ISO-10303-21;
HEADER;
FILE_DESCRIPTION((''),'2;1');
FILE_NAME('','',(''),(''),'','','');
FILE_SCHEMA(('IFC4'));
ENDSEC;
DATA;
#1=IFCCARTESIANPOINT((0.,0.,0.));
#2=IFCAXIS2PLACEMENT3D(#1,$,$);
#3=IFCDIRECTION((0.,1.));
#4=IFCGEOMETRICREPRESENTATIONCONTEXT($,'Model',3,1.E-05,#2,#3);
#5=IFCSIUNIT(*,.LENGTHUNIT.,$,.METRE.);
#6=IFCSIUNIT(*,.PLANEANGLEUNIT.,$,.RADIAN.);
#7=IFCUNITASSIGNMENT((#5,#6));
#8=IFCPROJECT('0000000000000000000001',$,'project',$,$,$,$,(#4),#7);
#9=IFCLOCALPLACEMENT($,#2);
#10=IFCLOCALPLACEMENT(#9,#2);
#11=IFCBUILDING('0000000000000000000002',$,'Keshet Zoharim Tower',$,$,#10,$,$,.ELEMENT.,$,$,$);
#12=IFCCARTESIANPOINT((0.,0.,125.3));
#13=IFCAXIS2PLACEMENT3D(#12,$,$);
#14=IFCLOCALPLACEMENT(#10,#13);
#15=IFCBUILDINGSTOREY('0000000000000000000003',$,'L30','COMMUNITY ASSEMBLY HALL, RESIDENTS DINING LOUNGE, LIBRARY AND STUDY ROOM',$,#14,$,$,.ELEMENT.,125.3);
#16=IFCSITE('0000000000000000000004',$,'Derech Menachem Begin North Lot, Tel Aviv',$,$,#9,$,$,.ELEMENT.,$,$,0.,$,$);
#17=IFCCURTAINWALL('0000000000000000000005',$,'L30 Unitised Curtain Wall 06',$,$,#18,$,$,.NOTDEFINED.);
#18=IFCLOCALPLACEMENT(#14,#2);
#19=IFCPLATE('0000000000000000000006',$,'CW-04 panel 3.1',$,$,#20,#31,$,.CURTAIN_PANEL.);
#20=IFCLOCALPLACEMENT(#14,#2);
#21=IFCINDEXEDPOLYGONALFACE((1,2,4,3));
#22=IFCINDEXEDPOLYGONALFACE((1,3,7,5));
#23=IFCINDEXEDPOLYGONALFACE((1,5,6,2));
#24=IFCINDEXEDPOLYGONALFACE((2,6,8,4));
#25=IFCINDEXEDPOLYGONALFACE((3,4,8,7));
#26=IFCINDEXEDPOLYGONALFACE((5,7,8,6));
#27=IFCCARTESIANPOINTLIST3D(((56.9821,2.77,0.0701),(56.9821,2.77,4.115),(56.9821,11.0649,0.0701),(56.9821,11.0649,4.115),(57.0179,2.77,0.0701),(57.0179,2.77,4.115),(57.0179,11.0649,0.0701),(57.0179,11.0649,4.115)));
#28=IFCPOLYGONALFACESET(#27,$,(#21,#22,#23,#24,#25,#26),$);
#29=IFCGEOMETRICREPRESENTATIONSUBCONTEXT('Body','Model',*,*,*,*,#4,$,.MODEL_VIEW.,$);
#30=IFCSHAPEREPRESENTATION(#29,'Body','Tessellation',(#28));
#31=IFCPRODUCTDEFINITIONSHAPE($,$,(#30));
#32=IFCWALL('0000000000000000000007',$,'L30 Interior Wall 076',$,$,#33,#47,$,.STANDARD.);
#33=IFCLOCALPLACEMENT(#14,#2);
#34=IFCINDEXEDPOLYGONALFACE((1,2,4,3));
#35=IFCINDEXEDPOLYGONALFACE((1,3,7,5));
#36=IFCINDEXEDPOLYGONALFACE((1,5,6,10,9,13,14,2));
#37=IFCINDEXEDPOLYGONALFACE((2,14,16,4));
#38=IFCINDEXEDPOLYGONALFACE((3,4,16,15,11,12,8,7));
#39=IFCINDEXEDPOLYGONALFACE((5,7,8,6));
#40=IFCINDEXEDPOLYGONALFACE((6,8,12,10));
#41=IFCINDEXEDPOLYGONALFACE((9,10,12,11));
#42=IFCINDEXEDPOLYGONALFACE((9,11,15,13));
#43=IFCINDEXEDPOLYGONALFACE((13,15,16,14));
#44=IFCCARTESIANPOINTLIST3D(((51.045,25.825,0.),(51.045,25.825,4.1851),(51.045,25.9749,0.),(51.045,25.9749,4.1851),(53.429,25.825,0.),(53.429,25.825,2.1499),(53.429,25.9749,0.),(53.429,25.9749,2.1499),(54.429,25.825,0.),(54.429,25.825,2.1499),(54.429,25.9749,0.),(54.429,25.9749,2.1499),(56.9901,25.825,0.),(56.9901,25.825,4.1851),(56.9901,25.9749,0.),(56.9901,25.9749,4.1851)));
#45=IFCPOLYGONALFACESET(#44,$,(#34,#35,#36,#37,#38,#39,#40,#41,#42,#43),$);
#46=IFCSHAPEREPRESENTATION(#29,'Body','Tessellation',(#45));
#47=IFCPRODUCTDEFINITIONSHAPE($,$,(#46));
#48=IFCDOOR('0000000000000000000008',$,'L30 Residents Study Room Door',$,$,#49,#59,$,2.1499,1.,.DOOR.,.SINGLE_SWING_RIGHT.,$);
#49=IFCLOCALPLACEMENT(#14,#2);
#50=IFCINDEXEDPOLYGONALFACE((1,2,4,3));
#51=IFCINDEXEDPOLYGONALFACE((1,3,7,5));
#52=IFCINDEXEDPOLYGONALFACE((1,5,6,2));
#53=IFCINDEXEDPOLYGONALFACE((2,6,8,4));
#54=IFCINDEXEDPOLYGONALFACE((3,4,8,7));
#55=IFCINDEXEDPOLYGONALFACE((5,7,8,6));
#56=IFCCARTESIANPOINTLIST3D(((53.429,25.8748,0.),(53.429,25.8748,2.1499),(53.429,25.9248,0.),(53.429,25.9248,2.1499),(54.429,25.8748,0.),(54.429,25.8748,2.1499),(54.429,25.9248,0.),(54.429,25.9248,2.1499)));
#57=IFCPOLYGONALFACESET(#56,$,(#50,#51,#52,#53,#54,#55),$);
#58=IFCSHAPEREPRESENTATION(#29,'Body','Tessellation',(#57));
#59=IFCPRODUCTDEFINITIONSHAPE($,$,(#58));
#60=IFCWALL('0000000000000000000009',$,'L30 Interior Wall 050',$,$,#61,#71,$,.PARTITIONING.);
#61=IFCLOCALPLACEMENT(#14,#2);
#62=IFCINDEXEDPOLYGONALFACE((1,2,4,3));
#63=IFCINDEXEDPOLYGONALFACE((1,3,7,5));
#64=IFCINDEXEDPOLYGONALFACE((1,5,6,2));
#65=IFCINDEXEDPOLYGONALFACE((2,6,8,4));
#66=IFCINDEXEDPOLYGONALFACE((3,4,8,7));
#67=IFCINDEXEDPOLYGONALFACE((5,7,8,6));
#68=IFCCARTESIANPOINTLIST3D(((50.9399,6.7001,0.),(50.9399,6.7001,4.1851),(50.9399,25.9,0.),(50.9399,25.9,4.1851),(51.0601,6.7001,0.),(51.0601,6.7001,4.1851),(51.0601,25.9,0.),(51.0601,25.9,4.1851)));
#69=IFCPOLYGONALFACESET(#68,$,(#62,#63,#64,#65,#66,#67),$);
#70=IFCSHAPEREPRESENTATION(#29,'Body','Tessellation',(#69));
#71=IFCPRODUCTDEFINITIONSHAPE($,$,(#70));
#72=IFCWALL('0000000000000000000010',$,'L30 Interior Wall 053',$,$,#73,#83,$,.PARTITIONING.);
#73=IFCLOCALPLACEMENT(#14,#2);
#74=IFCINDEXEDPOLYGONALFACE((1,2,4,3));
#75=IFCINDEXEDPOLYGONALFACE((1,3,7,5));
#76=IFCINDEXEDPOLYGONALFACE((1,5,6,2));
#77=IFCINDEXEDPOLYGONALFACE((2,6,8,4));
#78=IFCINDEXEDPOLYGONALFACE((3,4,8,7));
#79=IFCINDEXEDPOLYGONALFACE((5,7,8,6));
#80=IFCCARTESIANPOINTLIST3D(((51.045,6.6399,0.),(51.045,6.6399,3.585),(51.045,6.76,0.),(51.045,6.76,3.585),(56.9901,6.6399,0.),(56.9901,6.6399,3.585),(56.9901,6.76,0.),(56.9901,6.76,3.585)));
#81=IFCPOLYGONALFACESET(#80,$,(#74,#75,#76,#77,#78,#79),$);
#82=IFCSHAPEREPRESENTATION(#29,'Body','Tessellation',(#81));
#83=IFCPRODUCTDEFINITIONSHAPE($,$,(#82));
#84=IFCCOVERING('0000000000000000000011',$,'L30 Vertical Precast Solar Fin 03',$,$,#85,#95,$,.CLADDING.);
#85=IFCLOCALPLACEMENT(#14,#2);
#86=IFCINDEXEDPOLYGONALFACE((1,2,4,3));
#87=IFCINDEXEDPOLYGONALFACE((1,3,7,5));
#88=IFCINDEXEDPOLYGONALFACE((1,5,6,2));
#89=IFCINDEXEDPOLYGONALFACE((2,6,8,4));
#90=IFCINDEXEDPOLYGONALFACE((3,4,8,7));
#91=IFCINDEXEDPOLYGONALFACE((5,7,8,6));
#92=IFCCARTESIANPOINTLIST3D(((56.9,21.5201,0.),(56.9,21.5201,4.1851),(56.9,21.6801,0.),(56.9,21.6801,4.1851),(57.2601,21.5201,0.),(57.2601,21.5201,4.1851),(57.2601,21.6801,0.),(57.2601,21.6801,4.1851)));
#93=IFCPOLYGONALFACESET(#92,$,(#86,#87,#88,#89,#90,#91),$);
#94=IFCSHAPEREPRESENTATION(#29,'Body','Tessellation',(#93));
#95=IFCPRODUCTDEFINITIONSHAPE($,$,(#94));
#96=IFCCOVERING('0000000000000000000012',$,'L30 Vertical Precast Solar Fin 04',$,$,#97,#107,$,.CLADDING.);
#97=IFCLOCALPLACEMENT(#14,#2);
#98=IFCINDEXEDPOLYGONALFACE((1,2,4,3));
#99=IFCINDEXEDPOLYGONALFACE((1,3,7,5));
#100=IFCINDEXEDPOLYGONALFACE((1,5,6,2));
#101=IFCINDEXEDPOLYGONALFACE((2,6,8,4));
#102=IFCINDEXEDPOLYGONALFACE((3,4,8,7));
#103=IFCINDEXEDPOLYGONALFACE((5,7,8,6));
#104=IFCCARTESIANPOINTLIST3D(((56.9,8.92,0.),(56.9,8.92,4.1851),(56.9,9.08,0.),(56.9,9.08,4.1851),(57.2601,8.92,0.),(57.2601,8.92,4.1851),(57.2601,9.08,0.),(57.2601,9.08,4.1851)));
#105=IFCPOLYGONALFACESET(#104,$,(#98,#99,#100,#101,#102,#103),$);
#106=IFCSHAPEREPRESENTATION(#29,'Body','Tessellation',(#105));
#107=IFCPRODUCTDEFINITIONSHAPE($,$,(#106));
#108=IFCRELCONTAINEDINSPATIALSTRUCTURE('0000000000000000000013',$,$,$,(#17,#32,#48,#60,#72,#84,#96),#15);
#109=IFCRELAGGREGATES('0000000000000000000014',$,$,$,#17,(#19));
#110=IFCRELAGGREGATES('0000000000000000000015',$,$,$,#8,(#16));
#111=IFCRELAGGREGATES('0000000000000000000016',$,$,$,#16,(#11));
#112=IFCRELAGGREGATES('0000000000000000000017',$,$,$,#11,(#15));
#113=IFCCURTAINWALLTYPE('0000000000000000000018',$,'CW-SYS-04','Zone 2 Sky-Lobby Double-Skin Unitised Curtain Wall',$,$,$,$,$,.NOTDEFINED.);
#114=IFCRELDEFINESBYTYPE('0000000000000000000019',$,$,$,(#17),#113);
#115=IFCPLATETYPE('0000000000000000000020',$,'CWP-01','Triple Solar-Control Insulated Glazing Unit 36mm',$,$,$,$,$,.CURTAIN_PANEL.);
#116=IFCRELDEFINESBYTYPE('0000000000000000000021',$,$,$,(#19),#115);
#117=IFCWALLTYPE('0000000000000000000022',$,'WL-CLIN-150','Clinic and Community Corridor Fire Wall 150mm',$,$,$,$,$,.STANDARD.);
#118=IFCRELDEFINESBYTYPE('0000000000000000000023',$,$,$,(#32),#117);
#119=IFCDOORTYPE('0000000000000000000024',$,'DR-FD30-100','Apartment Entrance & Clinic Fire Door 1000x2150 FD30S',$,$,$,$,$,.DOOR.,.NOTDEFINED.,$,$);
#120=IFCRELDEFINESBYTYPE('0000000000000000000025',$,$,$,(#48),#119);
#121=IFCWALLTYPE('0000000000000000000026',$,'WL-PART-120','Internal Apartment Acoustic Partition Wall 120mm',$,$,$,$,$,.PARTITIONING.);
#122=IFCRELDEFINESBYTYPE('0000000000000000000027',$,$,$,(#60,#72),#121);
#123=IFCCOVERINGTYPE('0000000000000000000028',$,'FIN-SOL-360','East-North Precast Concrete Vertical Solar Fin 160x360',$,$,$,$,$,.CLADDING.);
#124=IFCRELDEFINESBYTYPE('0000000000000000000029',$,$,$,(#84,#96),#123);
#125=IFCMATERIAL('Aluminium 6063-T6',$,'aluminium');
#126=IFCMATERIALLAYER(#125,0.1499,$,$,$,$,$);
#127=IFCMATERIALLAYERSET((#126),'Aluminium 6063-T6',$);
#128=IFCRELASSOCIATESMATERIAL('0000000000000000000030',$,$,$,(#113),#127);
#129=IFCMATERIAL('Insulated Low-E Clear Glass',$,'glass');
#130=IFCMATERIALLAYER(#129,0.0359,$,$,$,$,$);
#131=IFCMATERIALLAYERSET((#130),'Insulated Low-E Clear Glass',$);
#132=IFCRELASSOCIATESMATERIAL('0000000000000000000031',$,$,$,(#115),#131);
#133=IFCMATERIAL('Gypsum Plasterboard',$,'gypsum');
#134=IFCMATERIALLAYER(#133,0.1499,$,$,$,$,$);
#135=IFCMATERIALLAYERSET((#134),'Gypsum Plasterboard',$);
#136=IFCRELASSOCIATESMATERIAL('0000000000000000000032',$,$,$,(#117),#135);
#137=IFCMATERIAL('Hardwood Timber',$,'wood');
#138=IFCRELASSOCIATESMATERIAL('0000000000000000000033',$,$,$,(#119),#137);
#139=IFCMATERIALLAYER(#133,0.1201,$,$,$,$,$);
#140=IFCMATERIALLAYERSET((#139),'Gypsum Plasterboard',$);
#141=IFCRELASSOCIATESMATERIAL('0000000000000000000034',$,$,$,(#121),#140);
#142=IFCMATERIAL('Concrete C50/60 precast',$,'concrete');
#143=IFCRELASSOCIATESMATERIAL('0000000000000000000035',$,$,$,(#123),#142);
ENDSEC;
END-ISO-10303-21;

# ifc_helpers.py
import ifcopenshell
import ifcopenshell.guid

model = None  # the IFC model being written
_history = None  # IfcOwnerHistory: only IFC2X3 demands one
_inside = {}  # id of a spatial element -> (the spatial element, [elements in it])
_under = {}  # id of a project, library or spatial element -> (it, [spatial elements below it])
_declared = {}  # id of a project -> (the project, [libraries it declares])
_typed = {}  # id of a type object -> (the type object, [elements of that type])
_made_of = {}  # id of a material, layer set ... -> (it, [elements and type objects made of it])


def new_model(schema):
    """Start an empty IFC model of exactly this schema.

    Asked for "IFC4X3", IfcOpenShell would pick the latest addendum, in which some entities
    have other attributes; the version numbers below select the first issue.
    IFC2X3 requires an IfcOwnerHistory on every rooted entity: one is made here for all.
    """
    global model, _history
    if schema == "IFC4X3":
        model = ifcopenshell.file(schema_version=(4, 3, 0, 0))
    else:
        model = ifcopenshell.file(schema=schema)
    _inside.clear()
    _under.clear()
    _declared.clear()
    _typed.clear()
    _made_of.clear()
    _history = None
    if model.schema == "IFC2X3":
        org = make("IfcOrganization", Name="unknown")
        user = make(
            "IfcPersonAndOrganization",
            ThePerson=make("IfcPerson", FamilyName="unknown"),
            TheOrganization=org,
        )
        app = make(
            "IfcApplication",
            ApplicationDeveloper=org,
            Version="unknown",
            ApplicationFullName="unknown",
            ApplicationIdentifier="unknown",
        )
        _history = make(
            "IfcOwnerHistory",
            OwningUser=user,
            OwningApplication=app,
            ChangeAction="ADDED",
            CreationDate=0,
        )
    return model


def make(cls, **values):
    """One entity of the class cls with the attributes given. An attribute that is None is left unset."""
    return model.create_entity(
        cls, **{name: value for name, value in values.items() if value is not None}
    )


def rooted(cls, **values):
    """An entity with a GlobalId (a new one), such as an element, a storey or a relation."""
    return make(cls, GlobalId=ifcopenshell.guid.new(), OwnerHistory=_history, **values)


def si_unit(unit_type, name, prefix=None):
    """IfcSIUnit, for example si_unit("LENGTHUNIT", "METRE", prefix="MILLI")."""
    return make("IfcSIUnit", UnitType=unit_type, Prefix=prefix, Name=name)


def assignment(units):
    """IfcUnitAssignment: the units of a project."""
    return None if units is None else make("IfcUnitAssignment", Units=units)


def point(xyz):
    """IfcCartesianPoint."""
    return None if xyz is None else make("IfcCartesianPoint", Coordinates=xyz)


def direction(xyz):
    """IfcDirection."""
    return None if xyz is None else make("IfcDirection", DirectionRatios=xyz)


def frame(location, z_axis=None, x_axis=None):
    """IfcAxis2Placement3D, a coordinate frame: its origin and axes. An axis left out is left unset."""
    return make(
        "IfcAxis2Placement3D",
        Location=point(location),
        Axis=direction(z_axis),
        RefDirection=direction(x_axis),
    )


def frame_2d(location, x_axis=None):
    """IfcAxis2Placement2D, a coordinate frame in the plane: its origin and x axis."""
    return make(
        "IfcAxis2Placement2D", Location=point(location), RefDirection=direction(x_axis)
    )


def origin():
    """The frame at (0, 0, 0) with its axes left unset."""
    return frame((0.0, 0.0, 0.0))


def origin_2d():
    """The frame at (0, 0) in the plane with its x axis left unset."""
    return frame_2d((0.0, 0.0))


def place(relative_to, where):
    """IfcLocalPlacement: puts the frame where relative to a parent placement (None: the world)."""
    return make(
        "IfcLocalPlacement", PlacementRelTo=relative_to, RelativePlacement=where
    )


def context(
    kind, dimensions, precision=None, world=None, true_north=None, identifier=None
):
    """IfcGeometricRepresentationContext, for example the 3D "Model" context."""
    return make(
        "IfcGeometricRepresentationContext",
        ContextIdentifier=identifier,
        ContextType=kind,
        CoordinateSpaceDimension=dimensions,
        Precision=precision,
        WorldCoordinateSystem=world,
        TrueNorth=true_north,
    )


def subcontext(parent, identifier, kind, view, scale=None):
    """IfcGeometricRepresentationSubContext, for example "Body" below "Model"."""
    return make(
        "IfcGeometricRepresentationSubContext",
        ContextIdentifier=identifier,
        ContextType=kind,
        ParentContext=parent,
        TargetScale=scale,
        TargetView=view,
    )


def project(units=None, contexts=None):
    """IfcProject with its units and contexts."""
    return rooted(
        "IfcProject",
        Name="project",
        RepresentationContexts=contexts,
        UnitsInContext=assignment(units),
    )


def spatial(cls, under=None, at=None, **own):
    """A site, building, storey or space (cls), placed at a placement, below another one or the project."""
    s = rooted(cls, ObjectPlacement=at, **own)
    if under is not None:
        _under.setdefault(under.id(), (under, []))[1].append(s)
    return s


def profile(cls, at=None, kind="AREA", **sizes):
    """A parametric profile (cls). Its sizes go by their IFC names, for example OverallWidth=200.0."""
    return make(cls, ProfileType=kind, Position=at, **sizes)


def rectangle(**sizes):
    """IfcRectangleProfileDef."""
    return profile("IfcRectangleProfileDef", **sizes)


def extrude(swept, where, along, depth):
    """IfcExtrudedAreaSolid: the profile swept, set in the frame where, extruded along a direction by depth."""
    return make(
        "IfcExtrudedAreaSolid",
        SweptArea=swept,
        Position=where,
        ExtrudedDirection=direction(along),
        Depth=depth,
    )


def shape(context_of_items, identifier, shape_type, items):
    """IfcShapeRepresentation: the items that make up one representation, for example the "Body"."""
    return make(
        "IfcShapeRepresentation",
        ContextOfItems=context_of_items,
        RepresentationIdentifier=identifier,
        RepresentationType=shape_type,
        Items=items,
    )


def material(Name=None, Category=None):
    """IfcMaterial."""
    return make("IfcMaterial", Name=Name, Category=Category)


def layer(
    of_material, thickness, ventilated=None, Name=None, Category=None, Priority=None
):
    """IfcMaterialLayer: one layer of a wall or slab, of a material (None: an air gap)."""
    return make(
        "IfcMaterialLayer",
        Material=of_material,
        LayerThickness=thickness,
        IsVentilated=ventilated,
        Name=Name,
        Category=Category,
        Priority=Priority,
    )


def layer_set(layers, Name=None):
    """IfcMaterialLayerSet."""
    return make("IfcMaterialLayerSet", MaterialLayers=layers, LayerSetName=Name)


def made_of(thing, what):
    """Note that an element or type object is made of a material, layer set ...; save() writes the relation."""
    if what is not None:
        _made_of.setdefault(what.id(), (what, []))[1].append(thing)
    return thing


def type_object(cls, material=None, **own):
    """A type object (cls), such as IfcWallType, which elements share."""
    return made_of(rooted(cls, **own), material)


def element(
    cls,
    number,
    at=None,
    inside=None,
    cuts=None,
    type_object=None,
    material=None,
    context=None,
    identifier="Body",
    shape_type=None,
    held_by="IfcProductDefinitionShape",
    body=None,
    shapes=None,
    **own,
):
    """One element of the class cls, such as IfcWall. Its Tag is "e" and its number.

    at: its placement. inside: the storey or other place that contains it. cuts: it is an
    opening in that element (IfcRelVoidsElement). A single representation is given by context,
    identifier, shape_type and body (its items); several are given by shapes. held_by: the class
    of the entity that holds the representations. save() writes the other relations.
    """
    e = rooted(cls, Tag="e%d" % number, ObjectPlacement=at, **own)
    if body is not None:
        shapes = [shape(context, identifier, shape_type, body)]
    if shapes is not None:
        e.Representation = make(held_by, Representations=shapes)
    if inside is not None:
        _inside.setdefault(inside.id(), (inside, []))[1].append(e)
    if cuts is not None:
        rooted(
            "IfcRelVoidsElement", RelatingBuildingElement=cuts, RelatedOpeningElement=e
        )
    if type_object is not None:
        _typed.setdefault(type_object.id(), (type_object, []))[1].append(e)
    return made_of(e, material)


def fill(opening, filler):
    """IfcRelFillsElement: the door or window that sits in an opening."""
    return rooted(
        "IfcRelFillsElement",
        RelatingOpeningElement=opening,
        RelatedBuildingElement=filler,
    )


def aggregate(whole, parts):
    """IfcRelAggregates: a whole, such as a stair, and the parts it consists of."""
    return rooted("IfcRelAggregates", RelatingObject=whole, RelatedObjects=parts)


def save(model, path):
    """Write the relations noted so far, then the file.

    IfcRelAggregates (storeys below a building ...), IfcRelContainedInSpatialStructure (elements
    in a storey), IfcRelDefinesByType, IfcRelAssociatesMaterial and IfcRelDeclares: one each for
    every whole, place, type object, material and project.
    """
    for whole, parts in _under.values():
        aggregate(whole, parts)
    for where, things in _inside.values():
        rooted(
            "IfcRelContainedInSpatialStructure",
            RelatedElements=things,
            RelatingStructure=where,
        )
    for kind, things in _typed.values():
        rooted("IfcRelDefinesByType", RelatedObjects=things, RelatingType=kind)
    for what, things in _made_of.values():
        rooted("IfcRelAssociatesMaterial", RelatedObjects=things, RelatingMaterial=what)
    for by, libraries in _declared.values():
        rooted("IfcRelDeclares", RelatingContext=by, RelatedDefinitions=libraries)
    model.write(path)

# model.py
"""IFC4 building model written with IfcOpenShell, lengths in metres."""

from ifc_helpers import new_model, si_unit, direction, frame, frame_2d, origin, origin_2d, place, context, subcontext, project, spatial, rectangle, extrude, material, layer, layer_set, type_object, element, fill, aggregate, save


model = new_model("IFC4")

# Units and contexts
model_context = context("Model", 3, precision=1e-05, world=origin(), true_north=direction((0.0, 1.0)))
body_context = subcontext(model_context, "Body", "Model", "MODEL_VIEW")
ifc_project = project(units=[si_unit("LENGTHUNIT", "METRE"), si_unit("PLANEANGLEUNIT", "RADIAN")], contexts=[model_context])

# Site, building, storey
site_placement = place(None, origin())
site = spatial("IfcSite", under=ifc_project, at=site_placement, Name="Derech Menachem Begin North Lot, Tel Aviv", CompositionType="ELEMENT", RefElevation=0.0)
building_placement = place(site_placement, origin())
building = spatial("IfcBuilding", under=site, at=building_placement, Name="Keshet Zoharim Tower", CompositionType="ELEMENT")
storey_placement = place(building_placement, frame((0.0, 0.0, 125.3)))
storey = spatial("IfcBuildingStorey", under=building, at=storey_placement, Name="L30", Description="COMMUNITY ASSEMBLY HALL, RESIDENTS DINING LOUNGE, LIBRARY AND STUDY ROOM", CompositionType="ELEMENT", Elevation=125.3)

# Curtain wall, plate
ifc_material_1 = material(Name="Aluminium 6063-T6", Category="aluminium")
ifc_layer_1 = layer(ifc_material_1, 0.1499)
ifc_layer_set_1 = layer_set([ifc_layer_1], Name="Aluminium 6063-T6")
curtain_wall_type = type_object("IfcCurtainWallType", Name="CW-SYS-04", Description="Zone 2 Sky-Lobby Double-Skin Unitised Curtain Wall", PredefinedType="NOTDEFINED", material=ifc_layer_set_1)
curtain_wall_placement = place(storey_placement, origin())
curtain_wall = element("IfcCurtainWall", 1, at=curtain_wall_placement, inside=storey, type_object=curtain_wall_type, Name="L30 Unitised Curtain Wall 06", PredefinedType="NOTDEFINED")
ifc_material_2 = material(Name="Insulated Low-E Clear Glass", Category="glass")
ifc_layer_2 = layer(ifc_material_2, 0.0359)
ifc_layer_set_2 = layer_set([ifc_layer_2], Name="Insulated Low-E Clear Glass")
plate_type = type_object("IfcPlateType", Name="CWP-01", Description="Triple Solar-Control Insulated Glazing Unit 36mm", PredefinedType="CURTAIN_PANEL", material=ifc_layer_set_2)
plate_1_placement = place(storey_placement, frame((57.0, 6.9175, 0.0701), z_axis=(0.0, 0.0, 1.0), x_axis=(0.0, -1.0, 0.0)))
plate_1 = element("IfcPlate", 2, at=plate_1_placement, type_object=plate_type, Name="CW-04 panel 3.1", PredefinedType="CURTAIN_PANEL", context=body_context, shape_type="SweptSolid", body=[
    extrude(rectangle(XDim=8.2949, YDim=0.0359, at=origin_2d()), origin(), (0.0, 0.0, 1.0), 4.0449),
])
aggregate(curtain_wall, [plate_1])

# Wall, opening, door
ifc_material_3 = material(Name="Gypsum Plasterboard", Category="gypsum")
ifc_layer_3 = layer(ifc_material_3, 0.1499)
ifc_layer_set_3 = layer_set([ifc_layer_3], Name="Gypsum Plasterboard")
wall_type_1 = type_object("IfcWallType", Name="WL-CLIN-150", Description="Clinic and Community Corridor Fire Wall 150mm", PredefinedType="STANDARD", material=ifc_layer_set_3)
wall_1_placement = place(storey_placement, frame((51.0449, 25.8999, 0.0), z_axis=(0.0, 0.0, 1.0), x_axis=(1.0, 0.0, 0.0)))
wall_1 = element("IfcWall", 3, at=wall_1_placement, inside=storey, type_object=wall_type_1, Name="L30 Interior Wall 076", PredefinedType="STANDARD", context=body_context, shape_type="SweptSolid", body=[
    extrude(rectangle(XDim=5.9451, YDim=0.1499, at=frame_2d((2.9727, 0.0))), origin(), (0.0, 0.0, 1.0), 4.1851),
])
opening_placement = place(wall_1_placement, frame((2.384, 0.0, 0.0)))
opening = element("IfcOpeningElement", 4, at=opening_placement, cuts=wall_1, PredefinedType="OPENING", context=body_context, shape_type="SweptSolid", body=[
    extrude(rectangle(XDim=1.0, YDim=2.1499, at=frame_2d((0.5, 1.075))), frame((0.0, 0.085, 0.0), z_axis=(0.0, -1.0, 0.0), x_axis=(1.0, 0.0, 0.0)), (0.0, 0.0, 1.0), 0.1699),
])
ifc_material_4 = material(Name="Hardwood Timber", Category="wood")
door_type = type_object("IfcDoorType", Name="DR-FD30-100", Description="Apartment Entrance & Clinic Fire Door 1000x2150 FD30S", OperationType="NOTDEFINED", PredefinedType="DOOR", material=ifc_material_4)
door_placement = place(opening_placement, origin())
door = element("IfcDoor", 5, at=door_placement, inside=storey, type_object=door_type, Name="L30 Residents Study Room Door", OperationType="SINGLE_SWING_RIGHT", OverallHeight=2.1499, OverallWidth=1.0, PredefinedType="DOOR", context=body_context, shape_type="SweptSolid", body=[
    extrude(rectangle(XDim=1.0, YDim=2.1499, at=frame_2d((0.5, 1.075))), frame((0.0, 0.0249, 0.0), z_axis=(0.0, -1.0, 0.0), x_axis=(1.0, 0.0, 0.0)), (0.0, 0.0, 1.0), 0.05),
])
fill(opening, door)

# Walls
ifc_layer_4 = layer(ifc_material_3, 0.1201)
ifc_layer_set_4 = layer_set([ifc_layer_4], Name="Gypsum Plasterboard")
wall_type_2 = type_object("IfcWallType", Name="WL-PART-120", Description="Internal Apartment Acoustic Partition Wall 120mm", PredefinedType="PARTITIONING", material=ifc_layer_set_4)
wall_2_placement = place(storey_placement, frame((51.0, 6.7, 0.0), z_axis=(0.0, 0.0, 1.0), x_axis=(0.0, 1.0, 0.0)))
element("IfcWall", 6, at=wall_2_placement, inside=storey, type_object=wall_type_2, Name="L30 Interior Wall 050", PredefinedType="PARTITIONING", context=body_context, shape_type="SweptSolid", body=[
    extrude(rectangle(XDim=19.2, YDim=0.1201, at=frame_2d((9.6001, 0.0))), origin(), (0.0, 0.0, 1.0), 4.1851),
])
wall_3_placement = place(storey_placement, frame((51.0449, 6.7, 0.0), z_axis=(0.0, 0.0, 1.0), x_axis=(1.0, 0.0, 0.0)))
element("IfcWall", 7, at=wall_3_placement, inside=storey, type_object=wall_type_2, Name="L30 Interior Wall 053", PredefinedType="PARTITIONING", context=body_context, shape_type="SweptSolid", body=[
    extrude(rectangle(XDim=5.9451, YDim=0.1201, at=frame_2d((2.9727, 0.0))), origin(), (0.0, 0.0, 1.0), 3.585),
])

# Coverings
ifc_material_5 = material(Name="Concrete C50/60 precast", Category="concrete")
covering_type = type_object("IfcCoveringType", Name="FIN-SOL-360", Description="East-North Precast Concrete Vertical Solar Fin 160x360", PredefinedType="CLADDING", material=ifc_material_5)
for number, where, z_axis, x_axis, name in (
    (8, (57.0801, 21.6001, 0.0), (0.0, 0.0, 1.0), (0.0, -1.0, 0.0), "L30 Vertical Precast Solar Fin 03"),
    (9, (57.0801, 9.0, 0.0), (0.0, 0.0, 1.0), (0.0, -1.0, 0.0), "L30 Vertical Precast Solar Fin 04"),
):
    element("IfcCovering", number, at=place(storey_placement, frame(where, z_axis=z_axis, x_axis=x_axis)), inside=storey, type_object=covering_type, Name=name, PredefinedType="CLADDING", context=body_context, shape_type="SweptSolid", body=[
        extrude(rectangle(XDim=0.1599, YDim=0.3601, at=origin_2d()), origin(), (0.0, 0.0, 1.0), 4.1851),
    ])

save(model, "model.ifc")
